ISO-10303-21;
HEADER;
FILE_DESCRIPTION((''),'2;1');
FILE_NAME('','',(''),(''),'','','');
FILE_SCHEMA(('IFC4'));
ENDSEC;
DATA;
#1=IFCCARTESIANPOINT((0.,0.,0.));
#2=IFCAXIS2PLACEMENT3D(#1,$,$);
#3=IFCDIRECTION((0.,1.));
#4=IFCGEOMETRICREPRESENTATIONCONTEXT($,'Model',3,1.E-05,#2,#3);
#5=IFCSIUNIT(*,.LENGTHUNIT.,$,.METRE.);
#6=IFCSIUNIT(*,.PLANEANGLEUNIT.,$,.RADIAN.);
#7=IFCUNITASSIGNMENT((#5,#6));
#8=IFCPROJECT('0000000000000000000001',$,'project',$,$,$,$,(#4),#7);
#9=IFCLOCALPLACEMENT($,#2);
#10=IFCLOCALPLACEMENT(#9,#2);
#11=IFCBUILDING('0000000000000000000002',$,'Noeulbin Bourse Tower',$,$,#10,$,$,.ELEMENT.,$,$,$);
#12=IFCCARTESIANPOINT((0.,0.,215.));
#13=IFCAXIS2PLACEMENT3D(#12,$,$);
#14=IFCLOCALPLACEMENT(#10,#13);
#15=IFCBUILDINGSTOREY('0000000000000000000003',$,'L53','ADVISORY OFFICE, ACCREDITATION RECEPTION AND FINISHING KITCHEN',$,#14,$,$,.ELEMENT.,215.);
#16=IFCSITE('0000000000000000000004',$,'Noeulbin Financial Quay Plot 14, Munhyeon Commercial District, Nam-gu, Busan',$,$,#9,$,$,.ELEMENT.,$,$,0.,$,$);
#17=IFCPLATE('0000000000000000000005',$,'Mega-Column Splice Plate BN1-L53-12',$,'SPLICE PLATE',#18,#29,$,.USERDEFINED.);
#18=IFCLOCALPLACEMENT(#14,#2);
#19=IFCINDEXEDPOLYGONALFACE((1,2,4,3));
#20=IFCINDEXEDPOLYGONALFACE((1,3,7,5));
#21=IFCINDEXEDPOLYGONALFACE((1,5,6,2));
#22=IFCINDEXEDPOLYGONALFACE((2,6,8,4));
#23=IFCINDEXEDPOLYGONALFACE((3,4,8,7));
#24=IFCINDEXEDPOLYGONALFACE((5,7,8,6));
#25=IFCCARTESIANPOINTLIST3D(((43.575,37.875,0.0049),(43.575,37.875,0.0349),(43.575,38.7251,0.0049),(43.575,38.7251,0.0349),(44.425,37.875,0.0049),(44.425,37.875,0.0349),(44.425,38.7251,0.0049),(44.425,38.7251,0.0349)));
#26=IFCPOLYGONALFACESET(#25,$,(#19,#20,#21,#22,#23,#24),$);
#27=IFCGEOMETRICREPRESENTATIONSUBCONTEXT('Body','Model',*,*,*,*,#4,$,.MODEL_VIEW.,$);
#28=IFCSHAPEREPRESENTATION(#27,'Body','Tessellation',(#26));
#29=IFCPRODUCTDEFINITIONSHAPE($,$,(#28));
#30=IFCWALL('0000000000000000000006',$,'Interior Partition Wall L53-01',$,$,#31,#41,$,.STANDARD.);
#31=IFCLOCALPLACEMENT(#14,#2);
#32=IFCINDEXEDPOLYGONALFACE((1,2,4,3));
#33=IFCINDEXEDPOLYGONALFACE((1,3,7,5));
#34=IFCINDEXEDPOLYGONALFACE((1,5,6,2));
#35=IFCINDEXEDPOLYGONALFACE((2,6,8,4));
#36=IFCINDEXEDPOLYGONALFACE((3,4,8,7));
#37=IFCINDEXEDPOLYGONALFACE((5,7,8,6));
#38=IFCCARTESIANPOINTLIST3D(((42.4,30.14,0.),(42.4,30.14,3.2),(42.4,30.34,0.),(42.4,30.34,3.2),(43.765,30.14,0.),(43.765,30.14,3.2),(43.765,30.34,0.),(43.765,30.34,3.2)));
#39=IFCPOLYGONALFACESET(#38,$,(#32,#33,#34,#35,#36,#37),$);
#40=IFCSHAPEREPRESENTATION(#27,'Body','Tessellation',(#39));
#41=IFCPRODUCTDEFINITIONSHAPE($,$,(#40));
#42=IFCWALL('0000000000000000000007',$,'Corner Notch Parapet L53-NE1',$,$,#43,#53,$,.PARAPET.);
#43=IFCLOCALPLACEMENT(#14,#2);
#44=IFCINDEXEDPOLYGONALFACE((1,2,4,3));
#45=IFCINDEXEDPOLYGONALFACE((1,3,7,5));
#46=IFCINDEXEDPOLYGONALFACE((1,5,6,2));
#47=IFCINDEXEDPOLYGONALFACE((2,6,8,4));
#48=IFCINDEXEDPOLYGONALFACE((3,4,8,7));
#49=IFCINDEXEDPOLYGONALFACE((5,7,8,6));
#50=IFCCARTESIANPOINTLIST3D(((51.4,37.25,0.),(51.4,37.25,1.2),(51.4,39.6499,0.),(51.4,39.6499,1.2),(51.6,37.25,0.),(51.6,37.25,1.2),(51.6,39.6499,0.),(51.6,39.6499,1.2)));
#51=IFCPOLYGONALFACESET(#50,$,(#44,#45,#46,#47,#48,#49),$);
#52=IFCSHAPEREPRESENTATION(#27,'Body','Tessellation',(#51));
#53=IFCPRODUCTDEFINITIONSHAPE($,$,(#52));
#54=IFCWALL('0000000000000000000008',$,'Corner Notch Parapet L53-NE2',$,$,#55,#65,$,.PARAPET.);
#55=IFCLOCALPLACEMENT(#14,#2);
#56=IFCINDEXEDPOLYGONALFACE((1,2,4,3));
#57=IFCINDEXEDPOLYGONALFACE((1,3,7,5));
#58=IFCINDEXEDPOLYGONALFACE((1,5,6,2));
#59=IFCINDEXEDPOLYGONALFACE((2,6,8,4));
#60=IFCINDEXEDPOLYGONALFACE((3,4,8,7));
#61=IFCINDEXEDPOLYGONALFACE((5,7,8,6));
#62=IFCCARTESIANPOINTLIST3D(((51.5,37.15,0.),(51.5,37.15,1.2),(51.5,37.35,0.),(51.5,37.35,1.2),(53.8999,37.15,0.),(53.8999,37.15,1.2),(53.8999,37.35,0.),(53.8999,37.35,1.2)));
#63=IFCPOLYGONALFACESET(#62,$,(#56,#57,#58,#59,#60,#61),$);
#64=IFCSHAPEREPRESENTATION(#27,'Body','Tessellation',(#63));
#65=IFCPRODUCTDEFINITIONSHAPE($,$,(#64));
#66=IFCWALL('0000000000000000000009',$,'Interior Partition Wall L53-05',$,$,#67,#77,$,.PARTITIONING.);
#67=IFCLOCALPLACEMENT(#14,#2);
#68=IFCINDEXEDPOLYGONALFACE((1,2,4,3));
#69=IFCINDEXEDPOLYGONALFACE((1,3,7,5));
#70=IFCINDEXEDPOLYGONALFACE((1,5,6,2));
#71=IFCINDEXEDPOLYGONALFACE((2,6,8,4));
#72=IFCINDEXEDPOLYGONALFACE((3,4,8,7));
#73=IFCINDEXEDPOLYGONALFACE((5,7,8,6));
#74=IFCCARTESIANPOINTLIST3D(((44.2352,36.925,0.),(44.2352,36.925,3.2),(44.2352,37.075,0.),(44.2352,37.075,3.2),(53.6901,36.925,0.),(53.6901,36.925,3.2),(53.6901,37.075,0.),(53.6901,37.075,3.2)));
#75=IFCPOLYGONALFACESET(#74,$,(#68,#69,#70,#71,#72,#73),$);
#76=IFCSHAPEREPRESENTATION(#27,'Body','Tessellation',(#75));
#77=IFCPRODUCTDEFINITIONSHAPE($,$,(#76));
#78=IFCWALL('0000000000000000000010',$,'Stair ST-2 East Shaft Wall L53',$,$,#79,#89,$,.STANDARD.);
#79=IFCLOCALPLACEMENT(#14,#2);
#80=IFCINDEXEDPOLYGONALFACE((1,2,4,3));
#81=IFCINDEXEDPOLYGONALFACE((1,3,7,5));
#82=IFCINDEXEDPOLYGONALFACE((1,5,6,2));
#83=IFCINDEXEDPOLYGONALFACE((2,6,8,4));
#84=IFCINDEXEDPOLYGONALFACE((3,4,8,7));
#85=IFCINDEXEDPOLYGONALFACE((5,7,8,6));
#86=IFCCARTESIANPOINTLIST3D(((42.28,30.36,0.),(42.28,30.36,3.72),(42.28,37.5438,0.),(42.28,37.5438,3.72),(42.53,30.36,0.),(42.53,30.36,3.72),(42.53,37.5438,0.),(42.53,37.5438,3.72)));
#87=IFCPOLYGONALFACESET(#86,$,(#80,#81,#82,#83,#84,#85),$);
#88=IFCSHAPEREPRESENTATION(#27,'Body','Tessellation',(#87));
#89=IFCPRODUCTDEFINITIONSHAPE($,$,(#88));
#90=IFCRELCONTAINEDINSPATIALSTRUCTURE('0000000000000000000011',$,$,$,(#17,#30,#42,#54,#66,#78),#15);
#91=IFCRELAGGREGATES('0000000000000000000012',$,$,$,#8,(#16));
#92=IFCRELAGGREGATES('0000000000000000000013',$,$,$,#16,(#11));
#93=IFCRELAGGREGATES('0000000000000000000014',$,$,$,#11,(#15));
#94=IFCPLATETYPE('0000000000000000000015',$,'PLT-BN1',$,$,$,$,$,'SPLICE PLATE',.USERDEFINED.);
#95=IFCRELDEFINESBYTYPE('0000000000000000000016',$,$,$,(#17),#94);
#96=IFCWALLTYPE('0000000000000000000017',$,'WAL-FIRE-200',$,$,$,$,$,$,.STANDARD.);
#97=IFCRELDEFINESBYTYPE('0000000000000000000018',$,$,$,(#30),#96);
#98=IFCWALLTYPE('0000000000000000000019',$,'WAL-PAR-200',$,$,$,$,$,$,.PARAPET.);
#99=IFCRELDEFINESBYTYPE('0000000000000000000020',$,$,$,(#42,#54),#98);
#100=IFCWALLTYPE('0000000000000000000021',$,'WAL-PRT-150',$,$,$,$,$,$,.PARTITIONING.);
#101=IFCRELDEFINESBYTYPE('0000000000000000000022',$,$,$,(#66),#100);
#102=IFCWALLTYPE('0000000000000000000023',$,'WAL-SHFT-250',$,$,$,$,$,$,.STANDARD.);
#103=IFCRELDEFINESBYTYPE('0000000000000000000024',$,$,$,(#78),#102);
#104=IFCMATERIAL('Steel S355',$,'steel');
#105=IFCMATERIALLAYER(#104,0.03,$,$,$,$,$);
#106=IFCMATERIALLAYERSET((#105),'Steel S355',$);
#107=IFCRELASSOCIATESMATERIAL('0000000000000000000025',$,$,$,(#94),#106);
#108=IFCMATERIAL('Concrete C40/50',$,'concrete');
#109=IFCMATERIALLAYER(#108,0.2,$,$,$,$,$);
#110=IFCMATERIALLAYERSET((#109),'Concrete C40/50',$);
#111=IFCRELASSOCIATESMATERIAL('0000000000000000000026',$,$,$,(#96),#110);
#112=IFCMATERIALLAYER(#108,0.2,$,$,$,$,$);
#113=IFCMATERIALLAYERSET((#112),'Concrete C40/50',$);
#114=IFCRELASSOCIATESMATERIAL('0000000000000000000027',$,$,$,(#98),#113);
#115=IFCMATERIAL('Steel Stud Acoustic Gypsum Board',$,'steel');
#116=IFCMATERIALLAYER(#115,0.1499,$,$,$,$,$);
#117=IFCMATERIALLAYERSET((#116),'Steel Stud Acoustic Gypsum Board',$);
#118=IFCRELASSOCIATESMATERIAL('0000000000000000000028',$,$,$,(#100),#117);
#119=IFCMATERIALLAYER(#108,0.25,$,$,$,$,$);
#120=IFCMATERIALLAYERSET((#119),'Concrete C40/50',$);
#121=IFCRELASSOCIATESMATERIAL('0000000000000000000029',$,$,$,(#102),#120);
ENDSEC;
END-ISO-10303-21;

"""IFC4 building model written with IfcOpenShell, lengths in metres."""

from ifc_helpers import new_model, si_unit, direction, frame, frame_2d, origin, origin_2d, place, context, subcontext, project, spatial, rectangle, extrude, material, layer, layer_set, type_object, element, save


model = new_model("IFC4")

# Units and contexts
model_context = context("Model", 3, precision=1e-05, world=origin(), true_north=direction((0.0, 1.0)))
body_context = subcontext(model_context, "Body", "Model", "MODEL_VIEW")
ifc_project = project(units=[si_unit("LENGTHUNIT", "METRE"), si_unit("PLANEANGLEUNIT", "RADIAN")], contexts=[model_context])

# Site, building, storey
site_placement = place(None, origin())
site = spatial("IfcSite", under=ifc_project, at=site_placement, Name="Noeulbin Financial Quay Plot 14, Munhyeon Commercial District, Nam-gu, Busan", CompositionType="ELEMENT", RefElevation=0.0)
building_placement = place(site_placement, origin())
building = spatial("IfcBuilding", under=site, at=building_placement, Name="Noeulbin Bourse Tower", CompositionType="ELEMENT")
storey_placement = place(building_placement, frame((0.0, 0.0, 215.0)))
storey = spatial("IfcBuildingStorey", under=building, at=storey_placement, Name="L53", Description="ADVISORY OFFICE, ACCREDITATION RECEPTION AND FINISHING KITCHEN", CompositionType="ELEMENT", Elevation=215.0)

# Shared definitions
ifc_material_1 = material(Name="Steel S355", Category="steel")

# Plate
ifc_layer_1 = layer(ifc_material_1, 0.03)
ifc_layer_set_1 = layer_set([ifc_layer_1], Name="Steel S355")
plate_type_1 = type_object("IfcPlateType", Name="PLT-BN1", ElementType="SPLICE PLATE", PredefinedType="USERDEFINED", material=ifc_layer_set_1)
plate_1_placement = place(storey_placement, frame((44.0, 38.3, 0.0049), z_axis=(0.0, 0.0, 1.0), x_axis=(1.0, 0.0, 0.0)))
element("IfcPlate", 1, at=plate_1_placement, inside=storey, type_object=plate_type_1, Name="Mega-Column Splice Plate BN1-L53-12", ObjectType="SPLICE PLATE", PredefinedType="USERDEFINED", context=body_context, shape_type="SweptSolid", body=[
    extrude(rectangle(XDim=0.8501, YDim=0.8501, at=origin_2d()), origin(), (0.0, 0.0, 1.0), 0.03),
])

# Walls
ifc_material_2 = material(Name="Concrete C40/50", Category="concrete")
ifc_layer_2 = layer(ifc_material_2, 0.2)
ifc_layer_set_2 = layer_set([ifc_layer_2], Name="Concrete C40/50")
wall_type_1 = type_object("IfcWallType", Name="WAL-FIRE-200", PredefinedType="STANDARD", material=ifc_layer_set_2)
wall_1_placement = place(storey_placement, frame((42.3999, 30.24, 0.0), z_axis=(0.0, 0.0, 1.0), x_axis=(1.0, 0.0, 0.0)))
element("IfcWall", 2, at=wall_1_placement, inside=storey, type_object=wall_type_1, Name="Interior Partition Wall L53-01", PredefinedType="STANDARD", context=body_context, shape_type="SweptSolid", body=[
    extrude(rectangle(XDim=1.365, YDim=0.2, at=frame_2d((0.6826, 0.0))), origin(), (0.0, 0.0, 1.0), 3.2),
])
ifc_layer_3 = layer(ifc_material_2, 0.2)
ifc_layer_set_3 = layer_set([ifc_layer_3], Name="Concrete C40/50")
wall_type_2 = type_object("IfcWallType", Name="WAL-PAR-200", PredefinedType="PARAPET", material=ifc_layer_set_3)
for number, where, z_axis, x_axis, name in (
    (3, (51.5, 39.6499, 0.0), (0.0, 0.0, 1.0), (0.0, -1.0, 0.0), "Corner Notch Parapet L53-NE1"),
    (4, (51.5, 37.25, 0.0), (0.0, 0.0, 1.0), (1.0, 0.0, 0.0), "Corner Notch Parapet L53-NE2"),
):
    element("IfcWall", number, at=place(storey_placement, frame(where, z_axis=z_axis, x_axis=x_axis)), inside=storey, type_object=wall_type_2, Name=name, PredefinedType="PARAPET", context=body_context, shape_type="SweptSolid", body=[
        extrude(rectangle(XDim=2.3999, YDim=0.2, at=frame_2d((1.2, 0.0))), origin(), (0.0, 0.0, 1.0), 1.2),
    ])
ifc_material_3 = material(Name="Steel Stud Acoustic Gypsum Board", Category="steel")
ifc_layer_4 = layer(ifc_material_3, 0.1499)
ifc_layer_set_4 = layer_set([ifc_layer_4], Name="Steel Stud Acoustic Gypsum Board")
wall_type_3 = type_object("IfcWallType", Name="WAL-PRT-150", PredefinedType="PARTITIONING", material=ifc_layer_set_4)
wall_2_placement = place(storey_placement, frame((44.2351, 37.0, 0.0), z_axis=(0.0, 0.0, 1.0), x_axis=(1.0, 0.0, 0.0)))
element("IfcWall", 5, at=wall_2_placement, inside=storey, type_object=wall_type_3, Name="Interior Partition Wall L53-05", PredefinedType="PARTITIONING", context=body_context, shape_type="SweptSolid", body=[
    extrude(rectangle(XDim=9.4548, YDim=0.1499, at=frame_2d((4.7275, 0.0))), origin(), (0.0, 0.0, 1.0), 3.2),
])
ifc_layer_5 = layer(ifc_material_2, 0.25)
ifc_layer_set_5 = layer_set([ifc_layer_5], Name="Concrete C40/50")
wall_type_4 = type_object("IfcWallType", Name="WAL-SHFT-250", PredefinedType="STANDARD", material=ifc_layer_set_5)
wall_3_placement = place(storey_placement, frame((42.405, 30.3601, 0.0), z_axis=(0.0, 0.0, 1.0), x_axis=(0.0, 1.0, 0.0)))
element("IfcWall", 6, at=wall_3_placement, inside=storey, type_object=wall_type_4, Name="Stair ST-2 East Shaft Wall L53", PredefinedType="STANDARD", context=body_context, shape_type="SweptSolid", body=[
    extrude(rectangle(XDim=7.1838, YDim=0.25, at=frame_2d((3.5918, 0.0))), origin(), (0.0, 0.0, 1.0), 3.72),
])

save(model, "model.ifc")
